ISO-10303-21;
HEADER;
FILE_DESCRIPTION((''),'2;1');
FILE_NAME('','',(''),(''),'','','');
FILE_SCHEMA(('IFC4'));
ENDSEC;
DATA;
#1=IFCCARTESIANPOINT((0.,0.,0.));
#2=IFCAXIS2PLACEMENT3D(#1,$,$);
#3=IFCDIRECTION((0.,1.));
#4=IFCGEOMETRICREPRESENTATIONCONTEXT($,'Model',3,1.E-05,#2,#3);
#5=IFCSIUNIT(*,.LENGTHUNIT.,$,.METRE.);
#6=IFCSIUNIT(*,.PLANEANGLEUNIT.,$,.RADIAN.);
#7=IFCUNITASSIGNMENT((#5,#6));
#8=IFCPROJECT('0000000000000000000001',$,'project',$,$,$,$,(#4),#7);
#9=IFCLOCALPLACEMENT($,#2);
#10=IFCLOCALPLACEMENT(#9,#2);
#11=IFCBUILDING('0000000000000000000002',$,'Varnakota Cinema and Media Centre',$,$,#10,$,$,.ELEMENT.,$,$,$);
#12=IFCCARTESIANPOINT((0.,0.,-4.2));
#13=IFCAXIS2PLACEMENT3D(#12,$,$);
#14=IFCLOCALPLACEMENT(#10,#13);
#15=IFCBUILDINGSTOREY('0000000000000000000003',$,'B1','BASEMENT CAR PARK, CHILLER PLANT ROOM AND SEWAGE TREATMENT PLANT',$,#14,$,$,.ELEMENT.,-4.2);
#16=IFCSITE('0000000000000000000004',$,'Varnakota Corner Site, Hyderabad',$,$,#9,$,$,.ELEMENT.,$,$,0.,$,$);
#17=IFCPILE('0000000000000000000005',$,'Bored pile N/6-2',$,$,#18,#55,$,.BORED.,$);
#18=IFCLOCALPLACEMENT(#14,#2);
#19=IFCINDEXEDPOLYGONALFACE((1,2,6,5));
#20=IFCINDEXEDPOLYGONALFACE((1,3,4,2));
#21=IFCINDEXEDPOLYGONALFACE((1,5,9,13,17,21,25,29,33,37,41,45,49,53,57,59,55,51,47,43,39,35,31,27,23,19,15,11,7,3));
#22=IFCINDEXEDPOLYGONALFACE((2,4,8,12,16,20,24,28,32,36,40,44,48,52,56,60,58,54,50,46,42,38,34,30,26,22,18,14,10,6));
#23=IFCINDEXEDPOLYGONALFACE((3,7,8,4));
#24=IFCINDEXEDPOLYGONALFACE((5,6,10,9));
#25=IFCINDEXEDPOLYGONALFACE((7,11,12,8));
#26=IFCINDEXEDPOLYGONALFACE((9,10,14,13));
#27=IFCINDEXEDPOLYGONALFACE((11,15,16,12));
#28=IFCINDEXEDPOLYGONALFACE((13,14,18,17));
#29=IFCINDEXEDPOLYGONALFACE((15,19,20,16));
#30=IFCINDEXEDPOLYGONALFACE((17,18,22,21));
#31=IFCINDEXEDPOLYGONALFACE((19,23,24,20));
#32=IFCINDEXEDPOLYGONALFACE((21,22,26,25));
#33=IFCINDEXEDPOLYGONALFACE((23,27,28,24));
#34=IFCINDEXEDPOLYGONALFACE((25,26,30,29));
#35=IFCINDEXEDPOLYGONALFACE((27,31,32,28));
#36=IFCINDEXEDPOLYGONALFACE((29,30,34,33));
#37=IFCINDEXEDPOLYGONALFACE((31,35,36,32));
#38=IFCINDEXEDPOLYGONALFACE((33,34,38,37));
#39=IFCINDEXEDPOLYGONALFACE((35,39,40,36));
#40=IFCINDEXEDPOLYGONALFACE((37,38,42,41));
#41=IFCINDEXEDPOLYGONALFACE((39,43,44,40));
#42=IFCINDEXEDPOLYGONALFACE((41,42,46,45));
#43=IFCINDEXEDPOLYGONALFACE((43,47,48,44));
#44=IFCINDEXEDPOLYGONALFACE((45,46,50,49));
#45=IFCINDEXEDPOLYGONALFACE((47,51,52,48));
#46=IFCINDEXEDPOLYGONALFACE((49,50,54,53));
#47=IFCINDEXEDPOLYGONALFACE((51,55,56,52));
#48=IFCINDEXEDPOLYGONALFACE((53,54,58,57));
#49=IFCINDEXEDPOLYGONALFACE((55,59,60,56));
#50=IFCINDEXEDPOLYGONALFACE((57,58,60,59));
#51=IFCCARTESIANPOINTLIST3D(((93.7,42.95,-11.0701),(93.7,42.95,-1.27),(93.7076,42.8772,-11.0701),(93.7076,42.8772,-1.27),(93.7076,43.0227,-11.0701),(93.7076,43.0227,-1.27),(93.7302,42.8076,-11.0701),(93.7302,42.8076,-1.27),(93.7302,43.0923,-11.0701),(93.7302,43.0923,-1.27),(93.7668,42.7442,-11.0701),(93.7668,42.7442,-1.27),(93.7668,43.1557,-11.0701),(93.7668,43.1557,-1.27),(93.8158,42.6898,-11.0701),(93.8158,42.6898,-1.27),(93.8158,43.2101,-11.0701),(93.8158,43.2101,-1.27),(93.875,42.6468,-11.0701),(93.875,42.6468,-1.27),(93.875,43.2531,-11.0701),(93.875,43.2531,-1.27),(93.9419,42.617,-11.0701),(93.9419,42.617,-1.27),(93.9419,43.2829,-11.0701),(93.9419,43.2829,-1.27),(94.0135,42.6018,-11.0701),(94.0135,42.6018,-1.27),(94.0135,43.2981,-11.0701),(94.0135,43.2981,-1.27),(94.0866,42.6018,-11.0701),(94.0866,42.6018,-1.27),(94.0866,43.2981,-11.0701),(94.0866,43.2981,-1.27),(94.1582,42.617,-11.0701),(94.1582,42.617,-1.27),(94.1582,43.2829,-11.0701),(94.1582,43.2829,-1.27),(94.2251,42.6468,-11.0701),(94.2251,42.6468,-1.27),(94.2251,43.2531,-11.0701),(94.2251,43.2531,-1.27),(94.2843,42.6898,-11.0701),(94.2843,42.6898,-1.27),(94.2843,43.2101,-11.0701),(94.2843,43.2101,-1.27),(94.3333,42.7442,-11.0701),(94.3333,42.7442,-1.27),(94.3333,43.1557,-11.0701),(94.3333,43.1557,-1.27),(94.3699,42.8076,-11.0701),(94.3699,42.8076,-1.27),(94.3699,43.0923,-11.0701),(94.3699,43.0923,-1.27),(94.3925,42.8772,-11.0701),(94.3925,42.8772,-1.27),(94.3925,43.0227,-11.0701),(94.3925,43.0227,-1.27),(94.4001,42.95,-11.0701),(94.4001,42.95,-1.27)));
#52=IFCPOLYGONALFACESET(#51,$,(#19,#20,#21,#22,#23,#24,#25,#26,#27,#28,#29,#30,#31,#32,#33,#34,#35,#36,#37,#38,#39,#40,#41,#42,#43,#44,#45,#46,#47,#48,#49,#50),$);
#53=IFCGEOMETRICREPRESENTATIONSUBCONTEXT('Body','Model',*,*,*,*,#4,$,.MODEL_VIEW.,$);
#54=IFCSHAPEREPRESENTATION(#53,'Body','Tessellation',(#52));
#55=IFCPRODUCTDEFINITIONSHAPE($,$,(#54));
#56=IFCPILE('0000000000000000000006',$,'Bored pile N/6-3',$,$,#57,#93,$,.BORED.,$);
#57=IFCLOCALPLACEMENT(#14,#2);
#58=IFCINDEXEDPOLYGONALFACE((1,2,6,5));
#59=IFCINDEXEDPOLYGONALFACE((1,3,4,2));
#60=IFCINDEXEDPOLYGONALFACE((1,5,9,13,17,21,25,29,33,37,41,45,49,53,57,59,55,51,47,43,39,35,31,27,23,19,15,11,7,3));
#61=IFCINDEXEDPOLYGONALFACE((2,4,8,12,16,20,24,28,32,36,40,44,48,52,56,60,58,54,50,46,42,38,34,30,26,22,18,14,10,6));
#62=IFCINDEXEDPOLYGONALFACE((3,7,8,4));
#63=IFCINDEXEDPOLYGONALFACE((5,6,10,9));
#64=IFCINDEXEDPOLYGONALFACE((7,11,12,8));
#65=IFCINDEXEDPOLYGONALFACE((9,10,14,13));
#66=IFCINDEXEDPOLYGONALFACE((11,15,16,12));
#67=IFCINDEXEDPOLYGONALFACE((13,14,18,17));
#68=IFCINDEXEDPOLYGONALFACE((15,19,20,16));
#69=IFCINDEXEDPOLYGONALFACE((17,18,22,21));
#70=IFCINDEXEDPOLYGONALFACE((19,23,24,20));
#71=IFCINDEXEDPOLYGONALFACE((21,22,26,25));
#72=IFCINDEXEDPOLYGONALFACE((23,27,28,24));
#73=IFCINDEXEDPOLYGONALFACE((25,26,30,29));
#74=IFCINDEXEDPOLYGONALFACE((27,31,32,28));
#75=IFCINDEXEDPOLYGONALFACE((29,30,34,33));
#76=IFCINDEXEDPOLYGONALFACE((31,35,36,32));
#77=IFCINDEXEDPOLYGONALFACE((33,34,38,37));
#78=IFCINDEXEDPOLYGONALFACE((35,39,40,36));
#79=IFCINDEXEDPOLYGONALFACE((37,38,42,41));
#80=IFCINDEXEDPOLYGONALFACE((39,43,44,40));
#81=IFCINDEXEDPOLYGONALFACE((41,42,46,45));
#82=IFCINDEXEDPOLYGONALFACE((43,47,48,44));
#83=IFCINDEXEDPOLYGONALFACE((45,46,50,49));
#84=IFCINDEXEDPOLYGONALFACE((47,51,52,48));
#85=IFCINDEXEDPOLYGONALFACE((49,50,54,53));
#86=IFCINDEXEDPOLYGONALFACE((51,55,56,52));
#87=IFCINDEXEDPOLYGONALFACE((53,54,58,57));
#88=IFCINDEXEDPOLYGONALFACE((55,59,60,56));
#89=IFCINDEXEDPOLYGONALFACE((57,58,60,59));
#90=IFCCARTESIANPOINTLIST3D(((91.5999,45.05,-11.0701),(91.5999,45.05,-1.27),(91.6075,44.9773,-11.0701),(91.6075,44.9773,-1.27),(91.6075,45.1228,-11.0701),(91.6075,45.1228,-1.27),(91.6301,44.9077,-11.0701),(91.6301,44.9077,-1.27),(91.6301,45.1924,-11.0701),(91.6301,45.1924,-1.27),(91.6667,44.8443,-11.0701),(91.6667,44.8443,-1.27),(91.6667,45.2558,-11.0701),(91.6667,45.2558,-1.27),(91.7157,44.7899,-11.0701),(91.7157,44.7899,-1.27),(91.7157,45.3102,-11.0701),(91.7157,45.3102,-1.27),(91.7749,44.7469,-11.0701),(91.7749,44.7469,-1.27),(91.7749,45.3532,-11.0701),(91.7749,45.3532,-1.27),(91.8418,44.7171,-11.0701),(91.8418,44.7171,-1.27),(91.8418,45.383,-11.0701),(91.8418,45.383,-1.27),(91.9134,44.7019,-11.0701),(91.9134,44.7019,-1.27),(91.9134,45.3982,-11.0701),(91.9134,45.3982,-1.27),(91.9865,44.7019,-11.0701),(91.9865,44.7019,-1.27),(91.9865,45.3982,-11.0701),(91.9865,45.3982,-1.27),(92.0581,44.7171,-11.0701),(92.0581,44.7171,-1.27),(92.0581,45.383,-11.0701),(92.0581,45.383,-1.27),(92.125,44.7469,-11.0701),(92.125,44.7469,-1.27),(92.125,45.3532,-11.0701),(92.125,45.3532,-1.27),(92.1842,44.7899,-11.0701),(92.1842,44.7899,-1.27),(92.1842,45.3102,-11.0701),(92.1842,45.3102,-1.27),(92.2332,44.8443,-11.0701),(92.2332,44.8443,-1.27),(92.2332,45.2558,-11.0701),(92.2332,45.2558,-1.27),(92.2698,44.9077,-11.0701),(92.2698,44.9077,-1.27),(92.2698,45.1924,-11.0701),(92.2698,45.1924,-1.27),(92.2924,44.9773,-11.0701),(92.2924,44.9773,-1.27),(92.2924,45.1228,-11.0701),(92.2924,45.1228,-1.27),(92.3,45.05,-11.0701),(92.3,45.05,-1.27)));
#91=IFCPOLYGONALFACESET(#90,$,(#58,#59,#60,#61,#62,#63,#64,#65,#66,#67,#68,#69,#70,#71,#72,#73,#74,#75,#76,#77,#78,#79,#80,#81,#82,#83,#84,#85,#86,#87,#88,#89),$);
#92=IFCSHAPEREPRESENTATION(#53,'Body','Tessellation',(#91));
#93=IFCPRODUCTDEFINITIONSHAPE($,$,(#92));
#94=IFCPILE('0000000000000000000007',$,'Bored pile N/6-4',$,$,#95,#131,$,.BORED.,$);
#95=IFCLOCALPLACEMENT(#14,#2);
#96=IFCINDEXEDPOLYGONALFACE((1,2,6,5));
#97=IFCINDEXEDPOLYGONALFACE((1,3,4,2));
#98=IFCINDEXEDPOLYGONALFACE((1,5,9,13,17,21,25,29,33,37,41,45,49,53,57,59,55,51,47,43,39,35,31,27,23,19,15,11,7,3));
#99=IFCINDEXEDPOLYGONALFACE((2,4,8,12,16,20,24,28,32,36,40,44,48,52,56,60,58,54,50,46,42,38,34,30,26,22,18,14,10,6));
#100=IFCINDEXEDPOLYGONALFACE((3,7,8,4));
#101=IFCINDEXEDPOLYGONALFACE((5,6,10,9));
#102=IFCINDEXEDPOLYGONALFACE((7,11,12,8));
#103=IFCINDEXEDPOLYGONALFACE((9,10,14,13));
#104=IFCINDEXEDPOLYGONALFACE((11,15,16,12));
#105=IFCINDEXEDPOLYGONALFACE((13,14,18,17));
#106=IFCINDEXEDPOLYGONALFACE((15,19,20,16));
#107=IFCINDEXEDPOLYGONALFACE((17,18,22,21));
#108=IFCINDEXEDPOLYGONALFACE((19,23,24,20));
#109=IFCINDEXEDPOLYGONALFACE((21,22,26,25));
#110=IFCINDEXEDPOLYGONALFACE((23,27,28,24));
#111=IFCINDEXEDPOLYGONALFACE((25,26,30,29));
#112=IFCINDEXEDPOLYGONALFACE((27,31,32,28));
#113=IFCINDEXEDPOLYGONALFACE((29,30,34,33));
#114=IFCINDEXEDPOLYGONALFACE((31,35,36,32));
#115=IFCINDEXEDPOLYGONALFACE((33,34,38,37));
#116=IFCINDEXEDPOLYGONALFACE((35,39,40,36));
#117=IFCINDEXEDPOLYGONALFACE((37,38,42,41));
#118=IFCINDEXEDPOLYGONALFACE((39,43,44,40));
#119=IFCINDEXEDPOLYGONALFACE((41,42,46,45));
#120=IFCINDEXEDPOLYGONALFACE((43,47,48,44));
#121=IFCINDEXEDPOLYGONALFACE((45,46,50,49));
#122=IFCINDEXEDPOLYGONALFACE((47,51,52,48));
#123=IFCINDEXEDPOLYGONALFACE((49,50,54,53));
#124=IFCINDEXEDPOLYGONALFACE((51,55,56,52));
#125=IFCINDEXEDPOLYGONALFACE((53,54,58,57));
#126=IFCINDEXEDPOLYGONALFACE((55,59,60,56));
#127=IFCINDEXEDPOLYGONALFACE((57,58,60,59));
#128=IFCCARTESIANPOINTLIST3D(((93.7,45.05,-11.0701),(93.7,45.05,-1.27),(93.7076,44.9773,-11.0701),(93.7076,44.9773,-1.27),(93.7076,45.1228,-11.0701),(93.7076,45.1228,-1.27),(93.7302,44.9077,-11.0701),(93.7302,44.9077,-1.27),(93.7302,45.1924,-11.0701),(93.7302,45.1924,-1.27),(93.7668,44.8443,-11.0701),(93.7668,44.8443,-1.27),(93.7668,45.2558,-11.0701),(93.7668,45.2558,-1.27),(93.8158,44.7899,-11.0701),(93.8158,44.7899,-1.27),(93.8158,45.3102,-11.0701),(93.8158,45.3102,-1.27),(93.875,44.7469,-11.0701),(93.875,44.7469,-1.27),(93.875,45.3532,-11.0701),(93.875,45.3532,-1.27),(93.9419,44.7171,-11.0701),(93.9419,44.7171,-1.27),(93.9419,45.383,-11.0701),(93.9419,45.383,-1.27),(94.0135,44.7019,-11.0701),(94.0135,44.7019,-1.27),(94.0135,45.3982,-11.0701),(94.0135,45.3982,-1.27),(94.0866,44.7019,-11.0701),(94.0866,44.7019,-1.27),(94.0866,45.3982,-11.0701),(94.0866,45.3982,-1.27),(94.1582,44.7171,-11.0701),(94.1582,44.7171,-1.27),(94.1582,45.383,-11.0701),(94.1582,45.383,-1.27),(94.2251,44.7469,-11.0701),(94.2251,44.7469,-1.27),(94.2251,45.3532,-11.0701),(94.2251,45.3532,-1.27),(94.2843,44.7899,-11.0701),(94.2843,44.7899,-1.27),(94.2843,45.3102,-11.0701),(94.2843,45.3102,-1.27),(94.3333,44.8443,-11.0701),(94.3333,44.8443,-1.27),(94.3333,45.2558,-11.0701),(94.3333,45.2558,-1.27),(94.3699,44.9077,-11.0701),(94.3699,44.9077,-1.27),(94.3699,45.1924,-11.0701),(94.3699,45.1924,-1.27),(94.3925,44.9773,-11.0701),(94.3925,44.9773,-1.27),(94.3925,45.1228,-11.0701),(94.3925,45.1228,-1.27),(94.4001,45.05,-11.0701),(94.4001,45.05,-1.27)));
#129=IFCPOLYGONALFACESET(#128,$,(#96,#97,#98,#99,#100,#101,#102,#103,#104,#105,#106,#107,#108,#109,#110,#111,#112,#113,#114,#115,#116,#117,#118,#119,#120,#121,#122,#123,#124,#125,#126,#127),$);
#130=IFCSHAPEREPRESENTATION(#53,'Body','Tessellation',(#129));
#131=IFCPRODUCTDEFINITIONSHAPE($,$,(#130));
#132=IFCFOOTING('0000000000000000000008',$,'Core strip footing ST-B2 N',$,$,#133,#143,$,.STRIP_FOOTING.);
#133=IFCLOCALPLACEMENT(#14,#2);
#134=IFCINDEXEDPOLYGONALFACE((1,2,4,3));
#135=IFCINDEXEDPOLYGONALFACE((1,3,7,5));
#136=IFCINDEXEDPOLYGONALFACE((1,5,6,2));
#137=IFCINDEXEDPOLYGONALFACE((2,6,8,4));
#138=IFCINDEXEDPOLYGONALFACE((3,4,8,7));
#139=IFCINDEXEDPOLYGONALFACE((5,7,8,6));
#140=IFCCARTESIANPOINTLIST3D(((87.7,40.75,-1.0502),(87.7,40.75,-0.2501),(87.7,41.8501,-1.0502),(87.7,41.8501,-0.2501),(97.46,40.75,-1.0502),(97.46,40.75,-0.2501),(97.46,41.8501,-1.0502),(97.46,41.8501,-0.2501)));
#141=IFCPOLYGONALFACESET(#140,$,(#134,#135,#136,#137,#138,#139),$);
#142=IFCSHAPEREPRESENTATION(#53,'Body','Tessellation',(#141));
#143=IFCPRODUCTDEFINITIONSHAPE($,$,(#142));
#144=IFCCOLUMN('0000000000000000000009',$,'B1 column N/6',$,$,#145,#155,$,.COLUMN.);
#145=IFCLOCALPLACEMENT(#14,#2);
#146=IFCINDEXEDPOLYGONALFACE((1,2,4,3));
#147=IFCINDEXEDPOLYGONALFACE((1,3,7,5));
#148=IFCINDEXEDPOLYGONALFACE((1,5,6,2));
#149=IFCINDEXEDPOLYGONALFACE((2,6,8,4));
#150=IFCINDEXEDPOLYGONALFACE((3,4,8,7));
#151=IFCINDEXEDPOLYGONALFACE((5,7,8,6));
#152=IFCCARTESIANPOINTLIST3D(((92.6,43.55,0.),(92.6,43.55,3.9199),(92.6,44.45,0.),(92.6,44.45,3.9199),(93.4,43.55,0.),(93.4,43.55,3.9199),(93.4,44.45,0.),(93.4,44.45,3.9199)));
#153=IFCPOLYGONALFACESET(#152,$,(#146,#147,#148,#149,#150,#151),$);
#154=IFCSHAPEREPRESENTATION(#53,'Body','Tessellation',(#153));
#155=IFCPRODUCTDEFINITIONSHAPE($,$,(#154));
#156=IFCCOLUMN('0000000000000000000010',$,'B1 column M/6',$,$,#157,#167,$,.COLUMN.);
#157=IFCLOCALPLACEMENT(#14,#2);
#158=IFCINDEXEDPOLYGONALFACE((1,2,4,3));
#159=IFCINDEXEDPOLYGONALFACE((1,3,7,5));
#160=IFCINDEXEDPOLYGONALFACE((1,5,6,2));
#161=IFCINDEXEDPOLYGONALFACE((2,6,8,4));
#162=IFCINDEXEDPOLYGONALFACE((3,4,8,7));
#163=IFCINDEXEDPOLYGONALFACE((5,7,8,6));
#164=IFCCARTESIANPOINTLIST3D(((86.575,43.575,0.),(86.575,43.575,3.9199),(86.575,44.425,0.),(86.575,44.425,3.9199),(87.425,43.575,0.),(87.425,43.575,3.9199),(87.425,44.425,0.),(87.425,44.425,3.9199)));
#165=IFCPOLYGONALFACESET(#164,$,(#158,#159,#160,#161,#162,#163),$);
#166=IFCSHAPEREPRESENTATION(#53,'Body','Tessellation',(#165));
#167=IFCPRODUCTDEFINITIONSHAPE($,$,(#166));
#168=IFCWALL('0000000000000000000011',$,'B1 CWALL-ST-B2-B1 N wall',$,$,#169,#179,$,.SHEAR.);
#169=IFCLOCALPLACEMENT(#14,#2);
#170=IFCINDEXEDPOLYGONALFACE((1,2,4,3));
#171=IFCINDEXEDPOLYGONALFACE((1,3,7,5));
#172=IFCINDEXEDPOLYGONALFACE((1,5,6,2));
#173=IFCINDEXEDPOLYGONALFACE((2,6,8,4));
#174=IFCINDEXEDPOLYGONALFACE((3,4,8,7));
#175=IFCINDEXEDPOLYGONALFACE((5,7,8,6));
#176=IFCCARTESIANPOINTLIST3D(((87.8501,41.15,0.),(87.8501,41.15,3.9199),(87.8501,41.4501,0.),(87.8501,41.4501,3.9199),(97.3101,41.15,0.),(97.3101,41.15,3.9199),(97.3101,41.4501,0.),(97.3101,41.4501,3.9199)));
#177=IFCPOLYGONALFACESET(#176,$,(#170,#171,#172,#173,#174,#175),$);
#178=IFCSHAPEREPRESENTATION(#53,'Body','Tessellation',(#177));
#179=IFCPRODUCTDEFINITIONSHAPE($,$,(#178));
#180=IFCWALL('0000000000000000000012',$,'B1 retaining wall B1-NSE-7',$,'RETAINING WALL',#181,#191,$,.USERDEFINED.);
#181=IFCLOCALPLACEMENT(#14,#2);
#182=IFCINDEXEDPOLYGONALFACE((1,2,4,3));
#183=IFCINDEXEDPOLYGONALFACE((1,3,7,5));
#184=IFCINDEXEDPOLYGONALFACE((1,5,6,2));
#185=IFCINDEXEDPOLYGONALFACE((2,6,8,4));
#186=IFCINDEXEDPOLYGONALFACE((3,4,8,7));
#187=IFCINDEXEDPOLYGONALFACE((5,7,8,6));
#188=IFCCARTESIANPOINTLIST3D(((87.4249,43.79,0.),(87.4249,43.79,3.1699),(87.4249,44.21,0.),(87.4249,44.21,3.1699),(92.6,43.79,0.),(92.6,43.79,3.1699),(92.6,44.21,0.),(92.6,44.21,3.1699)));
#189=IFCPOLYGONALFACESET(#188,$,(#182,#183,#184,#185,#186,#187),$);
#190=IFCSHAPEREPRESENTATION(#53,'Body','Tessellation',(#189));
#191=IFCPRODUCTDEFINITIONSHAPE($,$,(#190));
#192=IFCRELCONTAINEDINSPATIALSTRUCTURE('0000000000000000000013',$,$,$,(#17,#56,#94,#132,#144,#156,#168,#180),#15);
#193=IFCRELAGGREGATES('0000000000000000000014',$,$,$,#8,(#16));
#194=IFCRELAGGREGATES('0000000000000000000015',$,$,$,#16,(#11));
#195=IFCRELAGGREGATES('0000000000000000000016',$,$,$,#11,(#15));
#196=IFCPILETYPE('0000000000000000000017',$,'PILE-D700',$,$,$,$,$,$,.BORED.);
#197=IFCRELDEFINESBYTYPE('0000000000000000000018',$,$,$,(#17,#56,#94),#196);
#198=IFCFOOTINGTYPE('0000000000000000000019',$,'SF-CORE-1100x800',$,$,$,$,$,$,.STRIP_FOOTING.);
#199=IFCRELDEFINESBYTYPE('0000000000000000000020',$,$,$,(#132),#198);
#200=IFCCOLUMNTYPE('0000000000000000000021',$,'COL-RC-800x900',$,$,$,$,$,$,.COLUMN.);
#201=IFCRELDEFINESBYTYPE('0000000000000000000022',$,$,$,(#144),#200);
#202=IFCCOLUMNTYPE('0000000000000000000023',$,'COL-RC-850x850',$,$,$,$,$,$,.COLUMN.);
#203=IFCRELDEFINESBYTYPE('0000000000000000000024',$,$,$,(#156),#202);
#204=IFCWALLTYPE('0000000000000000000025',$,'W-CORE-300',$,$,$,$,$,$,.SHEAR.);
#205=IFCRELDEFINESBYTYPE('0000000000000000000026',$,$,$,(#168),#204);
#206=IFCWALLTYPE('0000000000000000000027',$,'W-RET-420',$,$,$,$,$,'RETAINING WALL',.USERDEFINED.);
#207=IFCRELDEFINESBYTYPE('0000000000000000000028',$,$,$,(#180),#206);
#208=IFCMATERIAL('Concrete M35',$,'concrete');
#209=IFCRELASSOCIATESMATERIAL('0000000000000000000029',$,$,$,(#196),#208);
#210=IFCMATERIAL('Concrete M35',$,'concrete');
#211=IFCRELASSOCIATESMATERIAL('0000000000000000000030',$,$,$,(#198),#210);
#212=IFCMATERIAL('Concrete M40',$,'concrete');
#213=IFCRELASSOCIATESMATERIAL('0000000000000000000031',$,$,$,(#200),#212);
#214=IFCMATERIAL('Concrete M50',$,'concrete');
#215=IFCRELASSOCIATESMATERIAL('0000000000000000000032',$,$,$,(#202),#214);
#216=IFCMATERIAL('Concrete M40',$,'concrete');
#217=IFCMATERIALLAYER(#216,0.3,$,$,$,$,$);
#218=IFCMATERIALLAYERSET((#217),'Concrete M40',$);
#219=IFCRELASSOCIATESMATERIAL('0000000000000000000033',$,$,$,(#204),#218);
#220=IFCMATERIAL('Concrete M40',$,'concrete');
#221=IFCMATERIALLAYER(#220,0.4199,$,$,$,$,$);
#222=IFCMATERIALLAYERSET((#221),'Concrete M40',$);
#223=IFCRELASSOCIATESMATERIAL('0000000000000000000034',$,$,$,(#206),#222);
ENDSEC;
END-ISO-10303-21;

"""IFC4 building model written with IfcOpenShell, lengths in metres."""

from ifc_helpers import new_model, si_unit, direction, frame, frame_2d, origin, origin_2d, place, context, subcontext, project, spatial, rectangle, circle, extrude, material, layer, layer_set, material_profile, profile_set, type_object, element, save


model = new_model("IFC4")

# Units and contexts
model_context = context("Model", 3, precision=1e-05, world=origin(), true_north=direction((0.0, 1.0)))
body_context = subcontext(model_context, "Body", "Model", "MODEL_VIEW")
ifc_project = project(units=[si_unit("LENGTHUNIT", "METRE"), si_unit("PLANEANGLEUNIT", "RADIAN")], contexts=[model_context])

# Site, building, storey
site_placement = place(None, origin())
site = spatial("IfcSite", under=ifc_project, at=site_placement, Name="Varnakota Corner Site, Hyderabad", CompositionType="ELEMENT", RefElevation=0.0)
building_placement = place(site_placement, origin())
building = spatial("IfcBuilding", under=site, at=building_placement, Name="Varnakota Cinema and Media Centre", CompositionType="ELEMENT")
storey_placement = place(building_placement, frame((0.0, 0.0, -4.2)))
storey = spatial("IfcBuildingStorey", under=building, at=storey_placement, Name="B1", Description="BASEMENT CAR PARK, CHILLER PLANT ROOM AND SEWAGE TREATMENT PLANT", CompositionType="ELEMENT", Elevation=-4.2)

# Piles
ifc_material_1 = material(Name="Concrete M35", Category="concrete")
ifc_material_profile_1 = material_profile(ifc_material_1, circle(Radius=0.3501, at=origin_2d()), Name="PILE D700")
ifc_profile_set_1 = profile_set([ifc_material_profile_1], Name="Concrete M35")
pile_type_1 = type_object("IfcPileType", Name="PILE-D700", PredefinedType="BORED", material=ifc_profile_set_1)
for number, where, z_axis, x_axis, name in (
    (1, (94.05, 42.95, -1.27), (0.0, 0.0, -1.0), (1.0, 0.0, 0.0), "Bored pile N/6-2"),
    (2, (91.95, 45.05, -1.27), (0.0, 0.0, -1.0), (1.0, 0.0, 0.0), "Bored pile N/6-3"),
    (3, (94.05, 45.05, -1.27), (0.0, 0.0, -1.0), (1.0, 0.0, 0.0), "Bored pile N/6-4"),
):
    element("IfcPile", number, at=place(storey_placement, frame(where, z_axis=z_axis, x_axis=x_axis)), inside=storey, type_object=pile_type_1, Name=name, PredefinedType="BORED", context=body_context, shape_type="SweptSolid", body=[
        extrude(circle(Radius=0.3501, at=origin_2d()), origin(), (0.0, 0.0, 1.0), 9.8),
    ])

# Footing
ifc_material_2 = material(Name="Concrete M35", Category="concrete")
ifc_material_profile_2 = material_profile(ifc_material_2, rectangle(XDim=1.1001, YDim=0.8, at=origin_2d()), Name="SF 1100x800")
ifc_profile_set_2 = profile_set([ifc_material_profile_2], Name="Concrete M35")
footing_type_1 = type_object("IfcFootingType", Name="SF-CORE-1100x800", PredefinedType="STRIP_FOOTING", material=ifc_profile_set_2)
footing_1_placement = place(storey_placement, frame((87.7, 41.3, -0.6501), z_axis=(1.0, 0.0, 0.0), x_axis=(0.0, 1.0, 0.0)))
element("IfcFooting", 4, at=footing_1_placement, inside=storey, type_object=footing_type_1, Name="Core strip footing ST-B2 N", PredefinedType="STRIP_FOOTING", context=body_context, shape_type="SweptSolid", body=[
    extrude(rectangle(XDim=1.1001, YDim=0.8, at=origin_2d()), origin(), (0.0, 0.0, 1.0), 9.76),
])

# Columns
ifc_material_3 = material(Name="Concrete M40", Category="concrete")
ifc_material_profile_3 = material_profile(ifc_material_3, rectangle(XDim=0.8, YDim=0.8999, at=origin_2d()), Name="RC 800x900")
ifc_profile_set_3 = profile_set([ifc_material_profile_3], Name="Concrete M40")
column_type_1 = type_object("IfcColumnType", Name="COL-RC-800x900", PredefinedType="COLUMN", material=ifc_profile_set_3)
column_1_placement = place(storey_placement, frame((93.0, 44.0, 0.0), z_axis=(0.0, 0.0, 1.0), x_axis=(1.0, 0.0, 0.0)))
element("IfcColumn", 5, at=column_1_placement, inside=storey, type_object=column_type_1, Name="B1 column N/6", PredefinedType="COLUMN", context=body_context, shape_type="SweptSolid", body=[
    extrude(rectangle(XDim=0.8, YDim=0.8999, at=origin_2d()), origin(), (0.0, 0.0, 1.0), 3.9199),
])
ifc_material_4 = material(Name="Concrete M50", Category="concrete")
ifc_material_profile_4 = material_profile(ifc_material_4, rectangle(XDim=0.8501, YDim=0.8501, at=origin_2d()), Name="RC 850x850")
ifc_profile_set_4 = profile_set([ifc_material_profile_4], Name="Concrete M50")
column_type_2 = type_object("IfcColumnType", Name="COL-RC-850x850", PredefinedType="COLUMN", material=ifc_profile_set_4)
column_2_placement = place(storey_placement, frame((87.0, 44.0, 0.0), z_axis=(0.0, 0.0, 1.0), x_axis=(1.0, 0.0, 0.0)))
element("IfcColumn", 6, at=column_2_placement, inside=storey, type_object=column_type_2, Name="B1 column M/6", PredefinedType="COLUMN", context=body_context, shape_type="SweptSolid", body=[
    extrude(rectangle(XDim=0.8501, YDim=0.8501, at=origin_2d()), origin(), (0.0, 0.0, 1.0), 3.9199),
])

# Shared definitions
ifc_material_5 = material(Name="Concrete M40", Category="concrete")
ifc_layer_1 = layer(ifc_material_5, 0.3)
ifc_layer_set_1 = layer_set([ifc_layer_1], Name="Concrete M40")
wall_type_1 = type_object("IfcWallType", Name="W-CORE-300", PredefinedType="SHEAR", material=ifc_layer_set_1)

# Walls
wall_1_placement = place(storey_placement, frame((87.8501, 41.3, 0.0), z_axis=(0.0, 0.0, 1.0), x_axis=(1.0, 0.0, 0.0)))
element("IfcWall", 7, at=wall_1_placement, inside=storey, type_object=wall_type_1, Name="B1 CWALL-ST-B2-B1 N wall", PredefinedType="SHEAR", context=body_context, shape_type="SweptSolid", body=[
    extrude(rectangle(XDim=9.46, YDim=0.3, at=frame_2d((4.73, 0.0))), origin(), (0.0, 0.0, 1.0), 3.9199),
])
ifc_material_6 = material(Name="Concrete M40", Category="concrete")
ifc_layer_2 = layer(ifc_material_6, 0.4199)
ifc_layer_set_2 = layer_set([ifc_layer_2], Name="Concrete M40")
wall_type_2 = type_object("IfcWallType", Name="W-RET-420", ElementType="RETAINING WALL", PredefinedType="USERDEFINED", material=ifc_layer_set_2)
for number, where, z_axis, x_axis, name in (
    (8, (87.425, 44.0, 0.0), (0.0, 0.0, 1.0), (1.0, 0.0, 0.0), "B1 retaining wall B1-NSE-7"),
):
    element("IfcWall", number, at=place(storey_placement, frame(where, z_axis=z_axis, x_axis=x_axis)), inside=storey, type_object=wall_type_2, Name=name, ObjectType="RETAINING WALL", PredefinedType="USERDEFINED", context=body_context, shape_type="SweptSolid", body=[
        extrude(rectangle(XDim=5.175, YDim=0.4199, at=frame_2d((2.5874, 0.0))), origin(), (0.0, 0.0, 1.0), 3.1699),
    ])

save(model, "model.ifc")
